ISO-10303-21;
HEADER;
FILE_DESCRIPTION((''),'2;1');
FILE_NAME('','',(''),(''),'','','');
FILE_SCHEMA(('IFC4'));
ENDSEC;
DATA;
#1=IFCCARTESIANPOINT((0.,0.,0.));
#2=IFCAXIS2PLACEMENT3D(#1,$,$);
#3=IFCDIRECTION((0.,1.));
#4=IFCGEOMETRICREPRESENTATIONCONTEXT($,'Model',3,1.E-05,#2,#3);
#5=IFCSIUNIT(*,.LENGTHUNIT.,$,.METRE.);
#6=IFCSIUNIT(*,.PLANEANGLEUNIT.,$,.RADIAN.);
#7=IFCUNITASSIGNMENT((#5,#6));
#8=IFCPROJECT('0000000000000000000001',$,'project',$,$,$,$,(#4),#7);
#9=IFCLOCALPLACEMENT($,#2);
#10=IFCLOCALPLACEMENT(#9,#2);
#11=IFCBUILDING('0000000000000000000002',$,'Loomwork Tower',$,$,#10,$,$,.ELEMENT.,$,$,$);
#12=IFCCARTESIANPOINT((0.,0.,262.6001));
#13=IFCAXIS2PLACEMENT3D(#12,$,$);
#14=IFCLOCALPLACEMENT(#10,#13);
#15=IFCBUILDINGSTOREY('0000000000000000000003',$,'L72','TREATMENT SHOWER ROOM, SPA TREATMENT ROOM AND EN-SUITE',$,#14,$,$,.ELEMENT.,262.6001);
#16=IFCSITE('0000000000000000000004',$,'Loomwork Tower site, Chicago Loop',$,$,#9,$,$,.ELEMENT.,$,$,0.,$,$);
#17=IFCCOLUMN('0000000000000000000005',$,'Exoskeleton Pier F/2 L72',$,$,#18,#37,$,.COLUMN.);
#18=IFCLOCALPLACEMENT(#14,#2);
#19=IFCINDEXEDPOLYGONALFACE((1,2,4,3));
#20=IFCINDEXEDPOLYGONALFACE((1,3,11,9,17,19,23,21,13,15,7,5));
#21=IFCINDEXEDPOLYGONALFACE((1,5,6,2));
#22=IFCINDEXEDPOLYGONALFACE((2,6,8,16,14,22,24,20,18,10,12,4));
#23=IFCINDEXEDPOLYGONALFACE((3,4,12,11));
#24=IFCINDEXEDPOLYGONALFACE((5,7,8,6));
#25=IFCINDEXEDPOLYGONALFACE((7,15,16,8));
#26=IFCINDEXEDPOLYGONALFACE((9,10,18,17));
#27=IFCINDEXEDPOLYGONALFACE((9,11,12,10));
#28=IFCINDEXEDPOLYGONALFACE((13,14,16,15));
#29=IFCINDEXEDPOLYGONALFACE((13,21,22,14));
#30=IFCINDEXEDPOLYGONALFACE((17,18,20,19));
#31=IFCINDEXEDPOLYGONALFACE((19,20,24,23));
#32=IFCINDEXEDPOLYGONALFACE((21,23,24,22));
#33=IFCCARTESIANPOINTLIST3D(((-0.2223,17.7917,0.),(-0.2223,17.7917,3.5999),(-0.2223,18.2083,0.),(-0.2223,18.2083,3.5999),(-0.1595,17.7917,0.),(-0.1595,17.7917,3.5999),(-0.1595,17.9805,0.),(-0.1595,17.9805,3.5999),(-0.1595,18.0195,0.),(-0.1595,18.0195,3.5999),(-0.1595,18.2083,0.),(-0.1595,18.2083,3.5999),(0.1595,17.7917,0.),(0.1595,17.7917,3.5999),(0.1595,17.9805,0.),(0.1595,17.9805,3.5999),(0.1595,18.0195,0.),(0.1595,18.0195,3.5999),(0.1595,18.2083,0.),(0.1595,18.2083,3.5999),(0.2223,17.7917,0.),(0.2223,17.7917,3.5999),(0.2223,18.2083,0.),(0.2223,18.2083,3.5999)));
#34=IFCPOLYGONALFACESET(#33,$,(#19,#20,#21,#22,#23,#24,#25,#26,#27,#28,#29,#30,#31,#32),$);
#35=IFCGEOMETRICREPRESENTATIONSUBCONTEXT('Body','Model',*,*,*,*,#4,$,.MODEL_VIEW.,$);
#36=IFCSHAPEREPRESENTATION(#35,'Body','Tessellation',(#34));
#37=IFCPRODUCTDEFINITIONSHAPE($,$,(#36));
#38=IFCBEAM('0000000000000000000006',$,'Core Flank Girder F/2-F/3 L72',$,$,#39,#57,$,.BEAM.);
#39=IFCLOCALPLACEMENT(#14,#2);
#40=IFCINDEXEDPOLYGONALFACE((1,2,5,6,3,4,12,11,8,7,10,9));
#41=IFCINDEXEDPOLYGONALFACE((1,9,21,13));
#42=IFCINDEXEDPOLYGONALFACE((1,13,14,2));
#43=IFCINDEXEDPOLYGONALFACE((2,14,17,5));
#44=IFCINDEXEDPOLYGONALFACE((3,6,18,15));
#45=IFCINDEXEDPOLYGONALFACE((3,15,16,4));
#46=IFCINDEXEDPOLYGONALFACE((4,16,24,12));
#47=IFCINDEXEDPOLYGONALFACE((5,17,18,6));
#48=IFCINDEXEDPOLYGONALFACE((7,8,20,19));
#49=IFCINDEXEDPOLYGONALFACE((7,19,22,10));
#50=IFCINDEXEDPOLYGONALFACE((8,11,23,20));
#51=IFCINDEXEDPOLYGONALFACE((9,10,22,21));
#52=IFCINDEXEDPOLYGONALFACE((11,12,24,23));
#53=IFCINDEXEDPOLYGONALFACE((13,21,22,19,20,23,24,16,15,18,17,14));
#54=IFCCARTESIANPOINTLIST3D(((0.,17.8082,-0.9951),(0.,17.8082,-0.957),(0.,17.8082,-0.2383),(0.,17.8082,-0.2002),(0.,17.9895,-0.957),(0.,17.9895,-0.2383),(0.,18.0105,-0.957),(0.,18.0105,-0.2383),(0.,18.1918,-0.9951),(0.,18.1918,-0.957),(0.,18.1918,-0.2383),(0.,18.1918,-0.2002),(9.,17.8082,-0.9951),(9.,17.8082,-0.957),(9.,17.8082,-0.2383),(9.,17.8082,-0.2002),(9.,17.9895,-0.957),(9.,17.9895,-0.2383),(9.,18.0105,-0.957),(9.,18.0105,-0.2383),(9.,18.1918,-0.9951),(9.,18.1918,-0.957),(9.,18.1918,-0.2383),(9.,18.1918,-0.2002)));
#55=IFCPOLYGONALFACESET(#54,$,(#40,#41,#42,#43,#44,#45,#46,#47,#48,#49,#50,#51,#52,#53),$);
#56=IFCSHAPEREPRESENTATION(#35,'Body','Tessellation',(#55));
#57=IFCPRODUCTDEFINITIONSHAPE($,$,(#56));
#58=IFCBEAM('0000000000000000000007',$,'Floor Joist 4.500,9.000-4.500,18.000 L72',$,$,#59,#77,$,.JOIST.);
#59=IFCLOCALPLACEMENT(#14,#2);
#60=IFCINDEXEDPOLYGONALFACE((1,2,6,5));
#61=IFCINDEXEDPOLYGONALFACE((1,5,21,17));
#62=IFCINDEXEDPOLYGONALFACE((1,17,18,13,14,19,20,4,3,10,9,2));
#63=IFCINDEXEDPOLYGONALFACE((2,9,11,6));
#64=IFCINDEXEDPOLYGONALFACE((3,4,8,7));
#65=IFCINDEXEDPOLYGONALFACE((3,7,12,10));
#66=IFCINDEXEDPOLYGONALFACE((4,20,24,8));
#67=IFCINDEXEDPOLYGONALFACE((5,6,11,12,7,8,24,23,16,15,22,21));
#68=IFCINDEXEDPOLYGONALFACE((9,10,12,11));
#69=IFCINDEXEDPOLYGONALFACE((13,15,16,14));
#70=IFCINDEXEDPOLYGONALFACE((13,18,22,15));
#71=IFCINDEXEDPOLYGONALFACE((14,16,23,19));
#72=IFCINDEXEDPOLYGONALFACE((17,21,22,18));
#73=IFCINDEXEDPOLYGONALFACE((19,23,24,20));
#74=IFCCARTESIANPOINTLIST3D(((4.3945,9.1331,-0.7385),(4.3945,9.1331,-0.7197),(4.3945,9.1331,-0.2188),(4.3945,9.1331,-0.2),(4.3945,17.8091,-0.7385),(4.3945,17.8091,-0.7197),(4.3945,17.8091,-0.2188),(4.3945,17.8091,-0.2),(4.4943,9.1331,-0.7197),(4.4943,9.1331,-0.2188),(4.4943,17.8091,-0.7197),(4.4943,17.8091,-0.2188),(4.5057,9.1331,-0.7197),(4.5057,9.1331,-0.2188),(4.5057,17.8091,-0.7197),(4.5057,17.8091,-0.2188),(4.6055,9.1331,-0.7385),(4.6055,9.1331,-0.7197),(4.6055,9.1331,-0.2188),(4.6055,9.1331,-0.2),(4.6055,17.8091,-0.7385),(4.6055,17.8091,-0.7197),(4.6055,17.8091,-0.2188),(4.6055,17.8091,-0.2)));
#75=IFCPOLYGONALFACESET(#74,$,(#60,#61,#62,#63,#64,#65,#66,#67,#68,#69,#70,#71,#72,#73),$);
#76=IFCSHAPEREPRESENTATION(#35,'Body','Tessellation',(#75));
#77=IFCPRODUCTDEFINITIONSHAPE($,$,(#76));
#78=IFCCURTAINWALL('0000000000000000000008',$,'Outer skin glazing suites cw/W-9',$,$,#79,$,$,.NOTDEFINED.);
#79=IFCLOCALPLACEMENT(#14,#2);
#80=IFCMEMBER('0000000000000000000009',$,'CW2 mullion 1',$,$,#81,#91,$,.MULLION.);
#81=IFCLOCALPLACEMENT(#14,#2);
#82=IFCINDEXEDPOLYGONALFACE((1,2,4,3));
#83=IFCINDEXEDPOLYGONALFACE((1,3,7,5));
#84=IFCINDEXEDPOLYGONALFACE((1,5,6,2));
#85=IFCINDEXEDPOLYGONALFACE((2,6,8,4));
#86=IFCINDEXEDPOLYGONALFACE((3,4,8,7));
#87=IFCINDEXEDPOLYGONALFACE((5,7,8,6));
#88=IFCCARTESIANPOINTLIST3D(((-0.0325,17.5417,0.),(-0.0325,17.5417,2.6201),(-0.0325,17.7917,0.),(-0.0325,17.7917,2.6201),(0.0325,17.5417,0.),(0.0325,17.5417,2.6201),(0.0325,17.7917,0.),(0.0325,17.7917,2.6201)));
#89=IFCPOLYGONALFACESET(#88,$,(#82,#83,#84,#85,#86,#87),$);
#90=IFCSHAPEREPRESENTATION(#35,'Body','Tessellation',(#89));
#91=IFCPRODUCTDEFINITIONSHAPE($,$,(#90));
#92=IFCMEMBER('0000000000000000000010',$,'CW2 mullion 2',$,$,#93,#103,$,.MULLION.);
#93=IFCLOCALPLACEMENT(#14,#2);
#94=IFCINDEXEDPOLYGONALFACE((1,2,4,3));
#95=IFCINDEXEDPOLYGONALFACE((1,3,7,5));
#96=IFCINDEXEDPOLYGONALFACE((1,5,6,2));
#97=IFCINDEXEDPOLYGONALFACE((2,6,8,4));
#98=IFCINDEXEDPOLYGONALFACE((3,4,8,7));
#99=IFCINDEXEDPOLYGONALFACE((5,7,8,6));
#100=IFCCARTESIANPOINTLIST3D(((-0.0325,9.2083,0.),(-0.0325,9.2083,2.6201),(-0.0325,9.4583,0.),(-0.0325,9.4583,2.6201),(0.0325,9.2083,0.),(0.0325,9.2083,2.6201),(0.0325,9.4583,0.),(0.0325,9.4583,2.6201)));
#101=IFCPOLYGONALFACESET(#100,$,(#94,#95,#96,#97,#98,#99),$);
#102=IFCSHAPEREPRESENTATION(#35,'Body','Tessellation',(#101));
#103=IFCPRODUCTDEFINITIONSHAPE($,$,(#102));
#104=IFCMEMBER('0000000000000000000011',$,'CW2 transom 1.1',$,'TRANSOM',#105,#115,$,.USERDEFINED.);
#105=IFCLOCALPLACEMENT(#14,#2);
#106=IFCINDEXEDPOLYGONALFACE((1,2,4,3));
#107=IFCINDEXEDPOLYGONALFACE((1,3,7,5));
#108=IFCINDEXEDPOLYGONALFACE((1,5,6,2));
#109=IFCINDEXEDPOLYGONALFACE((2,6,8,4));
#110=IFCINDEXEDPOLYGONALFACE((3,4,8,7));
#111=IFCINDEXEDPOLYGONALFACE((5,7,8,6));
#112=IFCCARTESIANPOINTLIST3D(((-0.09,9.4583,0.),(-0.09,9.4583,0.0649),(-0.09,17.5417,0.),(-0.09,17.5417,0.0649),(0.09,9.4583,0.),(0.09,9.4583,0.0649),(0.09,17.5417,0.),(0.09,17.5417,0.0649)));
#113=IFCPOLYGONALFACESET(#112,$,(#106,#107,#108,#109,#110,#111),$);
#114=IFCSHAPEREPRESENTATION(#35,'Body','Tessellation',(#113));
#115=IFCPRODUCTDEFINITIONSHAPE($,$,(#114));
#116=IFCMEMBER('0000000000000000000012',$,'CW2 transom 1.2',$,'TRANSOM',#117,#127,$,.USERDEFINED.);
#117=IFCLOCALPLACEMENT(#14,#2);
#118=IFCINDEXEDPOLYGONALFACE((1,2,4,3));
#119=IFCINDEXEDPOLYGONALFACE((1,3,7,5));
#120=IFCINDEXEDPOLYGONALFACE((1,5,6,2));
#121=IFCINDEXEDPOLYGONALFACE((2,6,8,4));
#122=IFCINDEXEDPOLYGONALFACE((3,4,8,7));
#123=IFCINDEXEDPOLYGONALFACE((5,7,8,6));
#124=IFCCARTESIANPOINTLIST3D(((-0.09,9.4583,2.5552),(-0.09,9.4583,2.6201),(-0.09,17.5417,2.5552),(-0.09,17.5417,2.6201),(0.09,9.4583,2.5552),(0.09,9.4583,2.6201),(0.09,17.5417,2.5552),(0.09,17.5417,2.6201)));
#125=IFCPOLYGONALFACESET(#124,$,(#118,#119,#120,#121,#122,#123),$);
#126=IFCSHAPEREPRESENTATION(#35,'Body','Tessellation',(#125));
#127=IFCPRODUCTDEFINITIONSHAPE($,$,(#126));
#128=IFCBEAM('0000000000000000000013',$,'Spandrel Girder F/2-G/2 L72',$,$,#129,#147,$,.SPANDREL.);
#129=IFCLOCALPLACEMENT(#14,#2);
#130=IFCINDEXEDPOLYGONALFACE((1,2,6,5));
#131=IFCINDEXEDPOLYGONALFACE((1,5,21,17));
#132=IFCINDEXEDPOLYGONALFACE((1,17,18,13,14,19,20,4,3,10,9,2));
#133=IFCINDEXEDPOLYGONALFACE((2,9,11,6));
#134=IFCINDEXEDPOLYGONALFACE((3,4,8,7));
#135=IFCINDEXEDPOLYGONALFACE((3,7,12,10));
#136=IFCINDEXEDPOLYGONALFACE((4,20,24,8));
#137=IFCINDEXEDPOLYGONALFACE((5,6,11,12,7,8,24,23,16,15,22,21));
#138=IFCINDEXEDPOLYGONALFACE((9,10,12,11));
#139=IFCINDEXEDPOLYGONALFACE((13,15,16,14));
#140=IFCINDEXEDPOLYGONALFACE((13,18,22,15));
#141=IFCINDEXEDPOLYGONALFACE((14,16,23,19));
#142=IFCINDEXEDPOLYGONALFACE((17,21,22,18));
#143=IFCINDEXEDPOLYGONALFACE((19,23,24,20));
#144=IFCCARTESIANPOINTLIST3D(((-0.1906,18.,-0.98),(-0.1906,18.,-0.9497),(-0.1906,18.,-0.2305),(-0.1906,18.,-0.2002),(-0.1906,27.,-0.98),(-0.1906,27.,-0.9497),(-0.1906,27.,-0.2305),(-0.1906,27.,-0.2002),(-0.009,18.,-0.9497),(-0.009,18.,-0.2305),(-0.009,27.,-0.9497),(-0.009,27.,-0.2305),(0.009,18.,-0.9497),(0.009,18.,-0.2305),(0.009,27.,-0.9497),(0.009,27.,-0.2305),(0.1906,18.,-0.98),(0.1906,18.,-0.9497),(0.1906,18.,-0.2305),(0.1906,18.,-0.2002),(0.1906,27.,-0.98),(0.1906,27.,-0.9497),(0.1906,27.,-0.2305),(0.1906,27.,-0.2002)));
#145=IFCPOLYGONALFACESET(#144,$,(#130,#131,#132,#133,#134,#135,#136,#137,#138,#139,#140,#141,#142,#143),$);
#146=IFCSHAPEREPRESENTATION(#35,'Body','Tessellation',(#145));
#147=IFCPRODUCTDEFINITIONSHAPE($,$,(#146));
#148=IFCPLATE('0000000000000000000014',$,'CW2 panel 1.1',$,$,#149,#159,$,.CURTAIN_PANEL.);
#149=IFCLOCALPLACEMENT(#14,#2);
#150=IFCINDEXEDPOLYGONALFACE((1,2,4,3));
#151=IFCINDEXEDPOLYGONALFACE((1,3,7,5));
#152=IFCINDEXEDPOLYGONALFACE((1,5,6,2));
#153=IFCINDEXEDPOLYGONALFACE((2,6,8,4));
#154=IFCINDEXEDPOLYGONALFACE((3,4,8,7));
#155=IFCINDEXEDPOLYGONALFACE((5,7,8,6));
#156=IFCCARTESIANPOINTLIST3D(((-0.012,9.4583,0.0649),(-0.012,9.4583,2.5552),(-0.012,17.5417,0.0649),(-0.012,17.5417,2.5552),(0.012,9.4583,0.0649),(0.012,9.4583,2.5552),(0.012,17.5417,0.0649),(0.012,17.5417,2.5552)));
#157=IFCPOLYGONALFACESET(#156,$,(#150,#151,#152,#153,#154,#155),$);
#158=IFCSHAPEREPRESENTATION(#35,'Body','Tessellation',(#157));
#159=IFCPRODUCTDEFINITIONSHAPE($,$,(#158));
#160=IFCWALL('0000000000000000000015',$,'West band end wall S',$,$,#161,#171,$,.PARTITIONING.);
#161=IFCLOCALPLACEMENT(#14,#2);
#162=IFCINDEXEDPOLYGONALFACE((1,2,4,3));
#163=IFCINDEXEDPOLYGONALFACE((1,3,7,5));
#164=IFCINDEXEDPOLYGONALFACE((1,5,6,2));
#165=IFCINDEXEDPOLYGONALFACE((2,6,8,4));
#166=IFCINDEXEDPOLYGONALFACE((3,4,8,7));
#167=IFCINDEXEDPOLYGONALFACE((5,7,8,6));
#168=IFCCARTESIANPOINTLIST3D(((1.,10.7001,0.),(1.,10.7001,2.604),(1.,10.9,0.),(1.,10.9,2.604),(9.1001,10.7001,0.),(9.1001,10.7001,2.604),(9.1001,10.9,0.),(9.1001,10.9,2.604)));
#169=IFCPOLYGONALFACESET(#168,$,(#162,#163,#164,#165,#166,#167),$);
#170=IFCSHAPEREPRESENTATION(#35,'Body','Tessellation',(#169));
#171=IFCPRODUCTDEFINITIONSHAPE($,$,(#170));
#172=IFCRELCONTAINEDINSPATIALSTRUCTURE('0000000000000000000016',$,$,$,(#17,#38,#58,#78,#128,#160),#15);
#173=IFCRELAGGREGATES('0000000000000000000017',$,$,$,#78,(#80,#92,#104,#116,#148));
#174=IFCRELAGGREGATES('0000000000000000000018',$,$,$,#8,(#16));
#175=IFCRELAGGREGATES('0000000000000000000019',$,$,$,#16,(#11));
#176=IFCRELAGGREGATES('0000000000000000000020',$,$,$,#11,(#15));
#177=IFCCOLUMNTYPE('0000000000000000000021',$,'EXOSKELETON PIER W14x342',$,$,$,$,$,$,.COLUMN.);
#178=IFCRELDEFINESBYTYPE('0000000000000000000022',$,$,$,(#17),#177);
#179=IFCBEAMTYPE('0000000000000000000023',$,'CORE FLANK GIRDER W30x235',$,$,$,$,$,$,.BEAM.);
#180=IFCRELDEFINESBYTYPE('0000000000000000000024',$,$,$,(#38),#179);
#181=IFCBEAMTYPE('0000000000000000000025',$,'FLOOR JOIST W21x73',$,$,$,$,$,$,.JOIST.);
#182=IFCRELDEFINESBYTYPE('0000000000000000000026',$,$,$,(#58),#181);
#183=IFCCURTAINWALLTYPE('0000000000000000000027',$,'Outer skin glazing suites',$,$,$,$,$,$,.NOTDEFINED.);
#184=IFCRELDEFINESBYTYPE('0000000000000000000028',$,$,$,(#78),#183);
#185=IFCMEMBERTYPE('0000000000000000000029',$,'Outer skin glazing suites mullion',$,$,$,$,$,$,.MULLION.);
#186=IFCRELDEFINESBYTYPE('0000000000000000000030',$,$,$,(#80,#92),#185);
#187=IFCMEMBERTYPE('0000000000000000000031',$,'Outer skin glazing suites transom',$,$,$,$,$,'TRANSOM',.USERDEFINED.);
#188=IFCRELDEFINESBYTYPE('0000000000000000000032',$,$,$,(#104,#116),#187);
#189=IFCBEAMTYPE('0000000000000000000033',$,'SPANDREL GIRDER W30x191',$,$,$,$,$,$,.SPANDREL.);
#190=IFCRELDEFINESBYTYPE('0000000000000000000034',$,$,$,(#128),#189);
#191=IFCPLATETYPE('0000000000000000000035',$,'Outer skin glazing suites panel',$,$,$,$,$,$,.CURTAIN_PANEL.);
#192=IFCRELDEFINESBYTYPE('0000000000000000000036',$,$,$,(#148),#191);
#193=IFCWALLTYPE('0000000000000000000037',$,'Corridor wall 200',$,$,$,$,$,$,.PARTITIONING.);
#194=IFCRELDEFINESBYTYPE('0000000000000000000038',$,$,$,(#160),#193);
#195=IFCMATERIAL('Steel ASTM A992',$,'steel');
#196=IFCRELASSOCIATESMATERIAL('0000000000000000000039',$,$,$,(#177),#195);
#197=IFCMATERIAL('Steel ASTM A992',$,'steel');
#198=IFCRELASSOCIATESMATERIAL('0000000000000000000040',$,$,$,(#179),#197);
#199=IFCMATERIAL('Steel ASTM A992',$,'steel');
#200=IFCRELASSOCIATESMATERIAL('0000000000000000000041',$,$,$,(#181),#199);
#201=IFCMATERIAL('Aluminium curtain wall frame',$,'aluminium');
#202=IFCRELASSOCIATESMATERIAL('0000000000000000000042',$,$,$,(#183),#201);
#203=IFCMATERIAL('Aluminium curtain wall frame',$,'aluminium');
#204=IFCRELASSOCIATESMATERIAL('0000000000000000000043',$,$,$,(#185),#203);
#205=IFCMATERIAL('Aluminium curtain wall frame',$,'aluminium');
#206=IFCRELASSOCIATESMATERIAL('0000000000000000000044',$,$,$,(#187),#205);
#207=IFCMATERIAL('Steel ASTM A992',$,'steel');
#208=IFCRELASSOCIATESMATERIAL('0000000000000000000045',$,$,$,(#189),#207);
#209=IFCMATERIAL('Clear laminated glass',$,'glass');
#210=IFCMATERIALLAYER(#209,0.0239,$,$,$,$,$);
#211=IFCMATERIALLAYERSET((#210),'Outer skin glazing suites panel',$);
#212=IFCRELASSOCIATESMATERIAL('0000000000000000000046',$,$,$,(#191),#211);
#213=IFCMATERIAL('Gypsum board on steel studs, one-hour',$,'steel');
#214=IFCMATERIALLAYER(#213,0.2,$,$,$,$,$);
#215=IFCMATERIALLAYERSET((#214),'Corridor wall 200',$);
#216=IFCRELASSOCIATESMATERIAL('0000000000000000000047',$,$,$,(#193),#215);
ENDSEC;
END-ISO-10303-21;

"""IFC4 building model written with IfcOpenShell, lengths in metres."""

from ifc_helpers import new_model, si_unit, direction, frame, frame_2d, origin, origin_2d, place, context, subcontext, project, spatial, rectangle, i_section, extrude, material, layer, layer_set, material_profile, profile_set, type_object, element, aggregate, save


model = new_model("IFC4")

# Units and contexts
model_context = context("Model", 3, precision=1e-05, world=origin(), true_north=direction((0.0, 1.0)))
body_context = subcontext(model_context, "Body", "Model", "MODEL_VIEW")
ifc_project = project(units=[si_unit("LENGTHUNIT", "METRE"), si_unit("PLANEANGLEUNIT", "RADIAN")], contexts=[model_context])

# Site, building, storey
site_placement = place(None, origin())
site = spatial("IfcSite", under=ifc_project, at=site_placement, Name="Loomwork Tower site, Chicago Loop", CompositionType="ELEMENT", RefElevation=0.0)
building_placement = place(site_placement, origin())
building = spatial("IfcBuilding", under=site, at=building_placement, Name="Loomwork Tower", CompositionType="ELEMENT")
storey_placement = place(building_placement, frame((0.0, 0.0, 262.6001)))
storey = spatial("IfcBuildingStorey", under=building, at=storey_placement, Name="L72", Description="TREATMENT SHOWER ROOM, SPA TREATMENT ROOM AND EN-SUITE", CompositionType="ELEMENT", Elevation=262.6001)

# Column
ifc_material_1 = material(Name="Steel ASTM A992", Category="steel")
ifc_material_profile_1 = material_profile(ifc_material_1, i_section(OverallWidth=0.4165, OverallDepth=0.4446, WebThickness=0.0391, FlangeThickness=0.0627, at=origin_2d()), Name="W14x342")
ifc_profile_set_1 = profile_set([ifc_material_profile_1], Name="Steel ASTM A992")
column_type = type_object("IfcColumnType", Name="EXOSKELETON PIER W14x342", PredefinedType="COLUMN", material=ifc_profile_set_1)
column_placement = place(storey_placement, frame((0.0, 18.0, 0.0), z_axis=(0.0, 0.0, 1.0), x_axis=(0.0, 1.0, 0.0)))
element("IfcColumn", 1, at=column_placement, inside=storey, type_object=column_type, Name="Exoskeleton Pier F/2 L72", PredefinedType="COLUMN", context=body_context, shape_type="SweptSolid", body=[
    extrude(i_section(OverallWidth=0.4165, OverallDepth=0.4446, WebThickness=0.0391, FlangeThickness=0.0627, at=origin_2d()), origin(), (0.0, 0.0, 1.0), 3.5999),
])

# Beams
ifc_material_2 = material(Name="Steel ASTM A992", Category="steel")
ifc_material_profile_2 = material_profile(ifc_material_2, i_section(OverallWidth=0.3835, OverallDepth=0.7949, WebThickness=0.021, FlangeThickness=0.0381, at=origin_2d()), Name="W30x235")
ifc_profile_set_2 = profile_set([ifc_material_profile_2], Name="Steel ASTM A992")
beam_type_1 = type_object("IfcBeamType", Name="CORE FLANK GIRDER W30x235", PredefinedType="BEAM", material=ifc_profile_set_2)
beam_1_placement = place(storey_placement, frame((0.0, 18.0, -0.5977), z_axis=(1.0, 0.0, 0.0), x_axis=(0.0, 1.0, 0.0)))
element("IfcBeam", 2, at=beam_1_placement, inside=storey, type_object=beam_type_1, Name="Core Flank Girder F/2-F/3 L72", PredefinedType="BEAM", context=body_context, shape_type="SweptSolid", body=[
    extrude(i_section(OverallWidth=0.3835, OverallDepth=0.7949, WebThickness=0.021, FlangeThickness=0.0381, at=origin_2d()), origin(), (0.0, 0.0, 1.0), 9.0),
])
ifc_material_3 = material(Name="Steel ASTM A992", Category="steel")
ifc_material_profile_3 = material_profile(ifc_material_3, i_section(OverallWidth=0.2109, OverallDepth=0.5386, WebThickness=0.0115, FlangeThickness=0.0188, at=origin_2d()), Name="W21x73")
ifc_profile_set_3 = profile_set([ifc_material_profile_3], Name="Steel ASTM A992")
beam_type_2 = type_object("IfcBeamType", Name="FLOOR JOIST W21x73", PredefinedType="JOIST", material=ifc_profile_set_3)
beam_2_placement = place(storey_placement, frame((4.5, 9.1331, -0.4692), z_axis=(0.0, 1.0, 0.0), x_axis=(-1.0, 0.0, 0.0)))
element("IfcBeam", 3, at=beam_2_placement, inside=storey, type_object=beam_type_2, Name="Floor Joist 4.500,9.000-4.500,18.000 L72", PredefinedType="JOIST", context=body_context, shape_type="SweptSolid", body=[
    extrude(i_section(OverallWidth=0.2109, OverallDepth=0.5386, WebThickness=0.0115, FlangeThickness=0.0188, at=origin_2d()), origin(), (0.0, 0.0, 1.0), 8.676),
])

# Curtain wall, members
ifc_material_4 = material(Name="Aluminium curtain wall frame", Category="aluminium")
curtain_wall_type = type_object("IfcCurtainWallType", Name="Outer skin glazing suites", PredefinedType="NOTDEFINED", material=ifc_material_4)
curtain_wall_placement = place(storey_placement, origin())
curtain_wall = element("IfcCurtainWall", 4, at=curtain_wall_placement, inside=storey, type_object=curtain_wall_type, Name="Outer skin glazing suites cw/W-9", PredefinedType="NOTDEFINED")
ifc_material_5 = material(Name="Aluminium curtain wall frame", Category="aluminium")
ifc_material_profile_4 = material_profile(ifc_material_5, rectangle(XDim=0.0649, YDim=0.25, at=origin_2d()), Name="AL 65x250")
ifc_profile_set_4 = profile_set([ifc_material_profile_4], Name="Aluminium curtain wall frame")
member_type_1 = type_object("IfcMemberType", Name="Outer skin glazing suites mullion", PredefinedType="MULLION", material=ifc_profile_set_4)
member_1_placement = place(storey_placement, frame((0.0, 17.6667, 0.0), z_axis=(0.0, 0.0, 1.0), x_axis=(1.0, 0.0, 0.0)))
member_1 = element("IfcMember", 5, at=member_1_placement, type_object=member_type_1, Name="CW2 mullion 1", PredefinedType="MULLION", context=body_context, shape_type="SweptSolid", body=[
    extrude(rectangle(XDim=0.0649, YDim=0.25, at=origin_2d()), origin(), (0.0, 0.0, 1.0), 2.6201),
])
member_2_placement = place(storey_placement, frame((0.0, 9.3333, 0.0), z_axis=(0.0, 0.0, 1.0), x_axis=(1.0, 0.0, 0.0)))
member_2 = element("IfcMember", 6, at=member_2_placement, type_object=member_type_1, Name="CW2 mullion 2", PredefinedType="MULLION", context=body_context, shape_type="SweptSolid", body=[
    extrude(rectangle(XDim=0.0649, YDim=0.25, at=origin_2d()), origin(), (0.0, 0.0, 1.0), 2.6201),
])
ifc_material_6 = material(Name="Aluminium curtain wall frame", Category="aluminium")
ifc_material_profile_5 = material_profile(ifc_material_6, rectangle(XDim=0.1799, YDim=0.0649, at=origin_2d()), Name="AL 65x180")
ifc_profile_set_5 = profile_set([ifc_material_profile_5], Name="Aluminium curtain wall frame")
member_type_2 = type_object("IfcMemberType", Name="Outer skin glazing suites transom", ElementType="TRANSOM", PredefinedType="USERDEFINED", material=ifc_profile_set_5)
member_3_placement = place(storey_placement, frame((0.0, 17.5417, 0.0325), z_axis=(0.0, -1.0, 0.0), x_axis=(1.0, 0.0, 0.0)))
member_3 = element("IfcMember", 7, at=member_3_placement, type_object=member_type_2, Name="CW2 transom 1.1", ObjectType="TRANSOM", PredefinedType="USERDEFINED", context=body_context, shape_type="SweptSolid", body=[
    extrude(rectangle(XDim=0.1799, YDim=0.0649, at=origin_2d()), origin(), (0.0, 0.0, 1.0), 8.0835),
])
member_4_placement = place(storey_placement, frame((0.0, 17.5417, 2.5876), z_axis=(0.0, -1.0, 0.0), x_axis=(1.0, 0.0, 0.0)))
member_4 = element("IfcMember", 8, at=member_4_placement, type_object=member_type_2, Name="CW2 transom 1.2", ObjectType="TRANSOM", PredefinedType="USERDEFINED", context=body_context, shape_type="SweptSolid", body=[
    extrude(rectangle(XDim=0.1799, YDim=0.0649, at=origin_2d()), origin(), (0.0, 0.0, 1.0), 8.0835),
])

# Beam
ifc_material_7 = material(Name="Steel ASTM A992", Category="steel")
ifc_material_profile_6 = material_profile(ifc_material_7, i_section(OverallWidth=0.3811, OverallDepth=0.7798, WebThickness=0.0181, FlangeThickness=0.0303, at=origin_2d()), Name="W30x191")
ifc_profile_set_6 = profile_set([ifc_material_profile_6], Name="Steel ASTM A992")
beam_type_3 = type_object("IfcBeamType", Name="SPANDREL GIRDER W30x191", PredefinedType="SPANDREL", material=ifc_profile_set_6)
beam_3_placement = place(storey_placement, frame((0.0, 18.0, -0.5901), z_axis=(0.0, 1.0, 0.0), x_axis=(-1.0, 0.0, 0.0)))
element("IfcBeam", 9, at=beam_3_placement, inside=storey, type_object=beam_type_3, Name="Spandrel Girder F/2-G/2 L72", PredefinedType="SPANDREL", context=body_context, shape_type="SweptSolid", body=[
    extrude(i_section(OverallWidth=0.3811, OverallDepth=0.7798, WebThickness=0.0181, FlangeThickness=0.0303, at=origin_2d()), origin(), (0.0, 0.0, 1.0), 9.0),
])

# Plate
ifc_material_8 = material(Name="Clear laminated glass", Category="glass")
ifc_layer_1 = layer(ifc_material_8, 0.0239)
ifc_layer_set_1 = layer_set([ifc_layer_1], Name="Outer skin glazing suites panel")
plate_type = type_object("IfcPlateType", Name="Outer skin glazing suites panel", PredefinedType="CURTAIN_PANEL", material=ifc_layer_set_1)
plate_placement = place(storey_placement, frame((0.0, 13.5, 0.0649), z_axis=(0.0, 0.0, 1.0), x_axis=(0.0, -1.0, 0.0)))
plate = element("IfcPlate", 10, at=plate_placement, type_object=plate_type, Name="CW2 panel 1.1", PredefinedType="CURTAIN_PANEL", context=body_context, shape_type="SweptSolid", body=[
    extrude(rectangle(XDim=8.0835, YDim=0.0239, at=origin_2d()), origin(), (0.0, 0.0, 1.0), 2.4902),
])
aggregate(curtain_wall, [member_1, member_2, member_3, member_4, plate])

# Wall
ifc_material_9 = material(Name="Gypsum board on steel studs, one-hour", Category="steel")
ifc_layer_2 = layer(ifc_material_9, 0.2)
ifc_layer_set_2 = layer_set([ifc_layer_2], Name="Corridor wall 200")
wall_type_1 = type_object("IfcWallType", Name="Corridor wall 200", PredefinedType="PARTITIONING", material=ifc_layer_set_2)
wall_1_placement = place(storey_placement, frame((1.0, 10.8, 0.0), z_axis=(0.0, 0.0, 1.0), x_axis=(1.0, 0.0, 0.0)))
element("IfcWall", 11, at=wall_1_placement, inside=storey, type_object=wall_type_1, Name="West band end wall S", PredefinedType="PARTITIONING", context=body_context, shape_type="SweptSolid", body=[
    extrude(rectangle(XDim=8.1001, YDim=0.2, at=frame_2d((4.05, 0.0))), origin(), (0.0, 0.0, 1.0), 2.604),
])

save(model, "model.ifc")
